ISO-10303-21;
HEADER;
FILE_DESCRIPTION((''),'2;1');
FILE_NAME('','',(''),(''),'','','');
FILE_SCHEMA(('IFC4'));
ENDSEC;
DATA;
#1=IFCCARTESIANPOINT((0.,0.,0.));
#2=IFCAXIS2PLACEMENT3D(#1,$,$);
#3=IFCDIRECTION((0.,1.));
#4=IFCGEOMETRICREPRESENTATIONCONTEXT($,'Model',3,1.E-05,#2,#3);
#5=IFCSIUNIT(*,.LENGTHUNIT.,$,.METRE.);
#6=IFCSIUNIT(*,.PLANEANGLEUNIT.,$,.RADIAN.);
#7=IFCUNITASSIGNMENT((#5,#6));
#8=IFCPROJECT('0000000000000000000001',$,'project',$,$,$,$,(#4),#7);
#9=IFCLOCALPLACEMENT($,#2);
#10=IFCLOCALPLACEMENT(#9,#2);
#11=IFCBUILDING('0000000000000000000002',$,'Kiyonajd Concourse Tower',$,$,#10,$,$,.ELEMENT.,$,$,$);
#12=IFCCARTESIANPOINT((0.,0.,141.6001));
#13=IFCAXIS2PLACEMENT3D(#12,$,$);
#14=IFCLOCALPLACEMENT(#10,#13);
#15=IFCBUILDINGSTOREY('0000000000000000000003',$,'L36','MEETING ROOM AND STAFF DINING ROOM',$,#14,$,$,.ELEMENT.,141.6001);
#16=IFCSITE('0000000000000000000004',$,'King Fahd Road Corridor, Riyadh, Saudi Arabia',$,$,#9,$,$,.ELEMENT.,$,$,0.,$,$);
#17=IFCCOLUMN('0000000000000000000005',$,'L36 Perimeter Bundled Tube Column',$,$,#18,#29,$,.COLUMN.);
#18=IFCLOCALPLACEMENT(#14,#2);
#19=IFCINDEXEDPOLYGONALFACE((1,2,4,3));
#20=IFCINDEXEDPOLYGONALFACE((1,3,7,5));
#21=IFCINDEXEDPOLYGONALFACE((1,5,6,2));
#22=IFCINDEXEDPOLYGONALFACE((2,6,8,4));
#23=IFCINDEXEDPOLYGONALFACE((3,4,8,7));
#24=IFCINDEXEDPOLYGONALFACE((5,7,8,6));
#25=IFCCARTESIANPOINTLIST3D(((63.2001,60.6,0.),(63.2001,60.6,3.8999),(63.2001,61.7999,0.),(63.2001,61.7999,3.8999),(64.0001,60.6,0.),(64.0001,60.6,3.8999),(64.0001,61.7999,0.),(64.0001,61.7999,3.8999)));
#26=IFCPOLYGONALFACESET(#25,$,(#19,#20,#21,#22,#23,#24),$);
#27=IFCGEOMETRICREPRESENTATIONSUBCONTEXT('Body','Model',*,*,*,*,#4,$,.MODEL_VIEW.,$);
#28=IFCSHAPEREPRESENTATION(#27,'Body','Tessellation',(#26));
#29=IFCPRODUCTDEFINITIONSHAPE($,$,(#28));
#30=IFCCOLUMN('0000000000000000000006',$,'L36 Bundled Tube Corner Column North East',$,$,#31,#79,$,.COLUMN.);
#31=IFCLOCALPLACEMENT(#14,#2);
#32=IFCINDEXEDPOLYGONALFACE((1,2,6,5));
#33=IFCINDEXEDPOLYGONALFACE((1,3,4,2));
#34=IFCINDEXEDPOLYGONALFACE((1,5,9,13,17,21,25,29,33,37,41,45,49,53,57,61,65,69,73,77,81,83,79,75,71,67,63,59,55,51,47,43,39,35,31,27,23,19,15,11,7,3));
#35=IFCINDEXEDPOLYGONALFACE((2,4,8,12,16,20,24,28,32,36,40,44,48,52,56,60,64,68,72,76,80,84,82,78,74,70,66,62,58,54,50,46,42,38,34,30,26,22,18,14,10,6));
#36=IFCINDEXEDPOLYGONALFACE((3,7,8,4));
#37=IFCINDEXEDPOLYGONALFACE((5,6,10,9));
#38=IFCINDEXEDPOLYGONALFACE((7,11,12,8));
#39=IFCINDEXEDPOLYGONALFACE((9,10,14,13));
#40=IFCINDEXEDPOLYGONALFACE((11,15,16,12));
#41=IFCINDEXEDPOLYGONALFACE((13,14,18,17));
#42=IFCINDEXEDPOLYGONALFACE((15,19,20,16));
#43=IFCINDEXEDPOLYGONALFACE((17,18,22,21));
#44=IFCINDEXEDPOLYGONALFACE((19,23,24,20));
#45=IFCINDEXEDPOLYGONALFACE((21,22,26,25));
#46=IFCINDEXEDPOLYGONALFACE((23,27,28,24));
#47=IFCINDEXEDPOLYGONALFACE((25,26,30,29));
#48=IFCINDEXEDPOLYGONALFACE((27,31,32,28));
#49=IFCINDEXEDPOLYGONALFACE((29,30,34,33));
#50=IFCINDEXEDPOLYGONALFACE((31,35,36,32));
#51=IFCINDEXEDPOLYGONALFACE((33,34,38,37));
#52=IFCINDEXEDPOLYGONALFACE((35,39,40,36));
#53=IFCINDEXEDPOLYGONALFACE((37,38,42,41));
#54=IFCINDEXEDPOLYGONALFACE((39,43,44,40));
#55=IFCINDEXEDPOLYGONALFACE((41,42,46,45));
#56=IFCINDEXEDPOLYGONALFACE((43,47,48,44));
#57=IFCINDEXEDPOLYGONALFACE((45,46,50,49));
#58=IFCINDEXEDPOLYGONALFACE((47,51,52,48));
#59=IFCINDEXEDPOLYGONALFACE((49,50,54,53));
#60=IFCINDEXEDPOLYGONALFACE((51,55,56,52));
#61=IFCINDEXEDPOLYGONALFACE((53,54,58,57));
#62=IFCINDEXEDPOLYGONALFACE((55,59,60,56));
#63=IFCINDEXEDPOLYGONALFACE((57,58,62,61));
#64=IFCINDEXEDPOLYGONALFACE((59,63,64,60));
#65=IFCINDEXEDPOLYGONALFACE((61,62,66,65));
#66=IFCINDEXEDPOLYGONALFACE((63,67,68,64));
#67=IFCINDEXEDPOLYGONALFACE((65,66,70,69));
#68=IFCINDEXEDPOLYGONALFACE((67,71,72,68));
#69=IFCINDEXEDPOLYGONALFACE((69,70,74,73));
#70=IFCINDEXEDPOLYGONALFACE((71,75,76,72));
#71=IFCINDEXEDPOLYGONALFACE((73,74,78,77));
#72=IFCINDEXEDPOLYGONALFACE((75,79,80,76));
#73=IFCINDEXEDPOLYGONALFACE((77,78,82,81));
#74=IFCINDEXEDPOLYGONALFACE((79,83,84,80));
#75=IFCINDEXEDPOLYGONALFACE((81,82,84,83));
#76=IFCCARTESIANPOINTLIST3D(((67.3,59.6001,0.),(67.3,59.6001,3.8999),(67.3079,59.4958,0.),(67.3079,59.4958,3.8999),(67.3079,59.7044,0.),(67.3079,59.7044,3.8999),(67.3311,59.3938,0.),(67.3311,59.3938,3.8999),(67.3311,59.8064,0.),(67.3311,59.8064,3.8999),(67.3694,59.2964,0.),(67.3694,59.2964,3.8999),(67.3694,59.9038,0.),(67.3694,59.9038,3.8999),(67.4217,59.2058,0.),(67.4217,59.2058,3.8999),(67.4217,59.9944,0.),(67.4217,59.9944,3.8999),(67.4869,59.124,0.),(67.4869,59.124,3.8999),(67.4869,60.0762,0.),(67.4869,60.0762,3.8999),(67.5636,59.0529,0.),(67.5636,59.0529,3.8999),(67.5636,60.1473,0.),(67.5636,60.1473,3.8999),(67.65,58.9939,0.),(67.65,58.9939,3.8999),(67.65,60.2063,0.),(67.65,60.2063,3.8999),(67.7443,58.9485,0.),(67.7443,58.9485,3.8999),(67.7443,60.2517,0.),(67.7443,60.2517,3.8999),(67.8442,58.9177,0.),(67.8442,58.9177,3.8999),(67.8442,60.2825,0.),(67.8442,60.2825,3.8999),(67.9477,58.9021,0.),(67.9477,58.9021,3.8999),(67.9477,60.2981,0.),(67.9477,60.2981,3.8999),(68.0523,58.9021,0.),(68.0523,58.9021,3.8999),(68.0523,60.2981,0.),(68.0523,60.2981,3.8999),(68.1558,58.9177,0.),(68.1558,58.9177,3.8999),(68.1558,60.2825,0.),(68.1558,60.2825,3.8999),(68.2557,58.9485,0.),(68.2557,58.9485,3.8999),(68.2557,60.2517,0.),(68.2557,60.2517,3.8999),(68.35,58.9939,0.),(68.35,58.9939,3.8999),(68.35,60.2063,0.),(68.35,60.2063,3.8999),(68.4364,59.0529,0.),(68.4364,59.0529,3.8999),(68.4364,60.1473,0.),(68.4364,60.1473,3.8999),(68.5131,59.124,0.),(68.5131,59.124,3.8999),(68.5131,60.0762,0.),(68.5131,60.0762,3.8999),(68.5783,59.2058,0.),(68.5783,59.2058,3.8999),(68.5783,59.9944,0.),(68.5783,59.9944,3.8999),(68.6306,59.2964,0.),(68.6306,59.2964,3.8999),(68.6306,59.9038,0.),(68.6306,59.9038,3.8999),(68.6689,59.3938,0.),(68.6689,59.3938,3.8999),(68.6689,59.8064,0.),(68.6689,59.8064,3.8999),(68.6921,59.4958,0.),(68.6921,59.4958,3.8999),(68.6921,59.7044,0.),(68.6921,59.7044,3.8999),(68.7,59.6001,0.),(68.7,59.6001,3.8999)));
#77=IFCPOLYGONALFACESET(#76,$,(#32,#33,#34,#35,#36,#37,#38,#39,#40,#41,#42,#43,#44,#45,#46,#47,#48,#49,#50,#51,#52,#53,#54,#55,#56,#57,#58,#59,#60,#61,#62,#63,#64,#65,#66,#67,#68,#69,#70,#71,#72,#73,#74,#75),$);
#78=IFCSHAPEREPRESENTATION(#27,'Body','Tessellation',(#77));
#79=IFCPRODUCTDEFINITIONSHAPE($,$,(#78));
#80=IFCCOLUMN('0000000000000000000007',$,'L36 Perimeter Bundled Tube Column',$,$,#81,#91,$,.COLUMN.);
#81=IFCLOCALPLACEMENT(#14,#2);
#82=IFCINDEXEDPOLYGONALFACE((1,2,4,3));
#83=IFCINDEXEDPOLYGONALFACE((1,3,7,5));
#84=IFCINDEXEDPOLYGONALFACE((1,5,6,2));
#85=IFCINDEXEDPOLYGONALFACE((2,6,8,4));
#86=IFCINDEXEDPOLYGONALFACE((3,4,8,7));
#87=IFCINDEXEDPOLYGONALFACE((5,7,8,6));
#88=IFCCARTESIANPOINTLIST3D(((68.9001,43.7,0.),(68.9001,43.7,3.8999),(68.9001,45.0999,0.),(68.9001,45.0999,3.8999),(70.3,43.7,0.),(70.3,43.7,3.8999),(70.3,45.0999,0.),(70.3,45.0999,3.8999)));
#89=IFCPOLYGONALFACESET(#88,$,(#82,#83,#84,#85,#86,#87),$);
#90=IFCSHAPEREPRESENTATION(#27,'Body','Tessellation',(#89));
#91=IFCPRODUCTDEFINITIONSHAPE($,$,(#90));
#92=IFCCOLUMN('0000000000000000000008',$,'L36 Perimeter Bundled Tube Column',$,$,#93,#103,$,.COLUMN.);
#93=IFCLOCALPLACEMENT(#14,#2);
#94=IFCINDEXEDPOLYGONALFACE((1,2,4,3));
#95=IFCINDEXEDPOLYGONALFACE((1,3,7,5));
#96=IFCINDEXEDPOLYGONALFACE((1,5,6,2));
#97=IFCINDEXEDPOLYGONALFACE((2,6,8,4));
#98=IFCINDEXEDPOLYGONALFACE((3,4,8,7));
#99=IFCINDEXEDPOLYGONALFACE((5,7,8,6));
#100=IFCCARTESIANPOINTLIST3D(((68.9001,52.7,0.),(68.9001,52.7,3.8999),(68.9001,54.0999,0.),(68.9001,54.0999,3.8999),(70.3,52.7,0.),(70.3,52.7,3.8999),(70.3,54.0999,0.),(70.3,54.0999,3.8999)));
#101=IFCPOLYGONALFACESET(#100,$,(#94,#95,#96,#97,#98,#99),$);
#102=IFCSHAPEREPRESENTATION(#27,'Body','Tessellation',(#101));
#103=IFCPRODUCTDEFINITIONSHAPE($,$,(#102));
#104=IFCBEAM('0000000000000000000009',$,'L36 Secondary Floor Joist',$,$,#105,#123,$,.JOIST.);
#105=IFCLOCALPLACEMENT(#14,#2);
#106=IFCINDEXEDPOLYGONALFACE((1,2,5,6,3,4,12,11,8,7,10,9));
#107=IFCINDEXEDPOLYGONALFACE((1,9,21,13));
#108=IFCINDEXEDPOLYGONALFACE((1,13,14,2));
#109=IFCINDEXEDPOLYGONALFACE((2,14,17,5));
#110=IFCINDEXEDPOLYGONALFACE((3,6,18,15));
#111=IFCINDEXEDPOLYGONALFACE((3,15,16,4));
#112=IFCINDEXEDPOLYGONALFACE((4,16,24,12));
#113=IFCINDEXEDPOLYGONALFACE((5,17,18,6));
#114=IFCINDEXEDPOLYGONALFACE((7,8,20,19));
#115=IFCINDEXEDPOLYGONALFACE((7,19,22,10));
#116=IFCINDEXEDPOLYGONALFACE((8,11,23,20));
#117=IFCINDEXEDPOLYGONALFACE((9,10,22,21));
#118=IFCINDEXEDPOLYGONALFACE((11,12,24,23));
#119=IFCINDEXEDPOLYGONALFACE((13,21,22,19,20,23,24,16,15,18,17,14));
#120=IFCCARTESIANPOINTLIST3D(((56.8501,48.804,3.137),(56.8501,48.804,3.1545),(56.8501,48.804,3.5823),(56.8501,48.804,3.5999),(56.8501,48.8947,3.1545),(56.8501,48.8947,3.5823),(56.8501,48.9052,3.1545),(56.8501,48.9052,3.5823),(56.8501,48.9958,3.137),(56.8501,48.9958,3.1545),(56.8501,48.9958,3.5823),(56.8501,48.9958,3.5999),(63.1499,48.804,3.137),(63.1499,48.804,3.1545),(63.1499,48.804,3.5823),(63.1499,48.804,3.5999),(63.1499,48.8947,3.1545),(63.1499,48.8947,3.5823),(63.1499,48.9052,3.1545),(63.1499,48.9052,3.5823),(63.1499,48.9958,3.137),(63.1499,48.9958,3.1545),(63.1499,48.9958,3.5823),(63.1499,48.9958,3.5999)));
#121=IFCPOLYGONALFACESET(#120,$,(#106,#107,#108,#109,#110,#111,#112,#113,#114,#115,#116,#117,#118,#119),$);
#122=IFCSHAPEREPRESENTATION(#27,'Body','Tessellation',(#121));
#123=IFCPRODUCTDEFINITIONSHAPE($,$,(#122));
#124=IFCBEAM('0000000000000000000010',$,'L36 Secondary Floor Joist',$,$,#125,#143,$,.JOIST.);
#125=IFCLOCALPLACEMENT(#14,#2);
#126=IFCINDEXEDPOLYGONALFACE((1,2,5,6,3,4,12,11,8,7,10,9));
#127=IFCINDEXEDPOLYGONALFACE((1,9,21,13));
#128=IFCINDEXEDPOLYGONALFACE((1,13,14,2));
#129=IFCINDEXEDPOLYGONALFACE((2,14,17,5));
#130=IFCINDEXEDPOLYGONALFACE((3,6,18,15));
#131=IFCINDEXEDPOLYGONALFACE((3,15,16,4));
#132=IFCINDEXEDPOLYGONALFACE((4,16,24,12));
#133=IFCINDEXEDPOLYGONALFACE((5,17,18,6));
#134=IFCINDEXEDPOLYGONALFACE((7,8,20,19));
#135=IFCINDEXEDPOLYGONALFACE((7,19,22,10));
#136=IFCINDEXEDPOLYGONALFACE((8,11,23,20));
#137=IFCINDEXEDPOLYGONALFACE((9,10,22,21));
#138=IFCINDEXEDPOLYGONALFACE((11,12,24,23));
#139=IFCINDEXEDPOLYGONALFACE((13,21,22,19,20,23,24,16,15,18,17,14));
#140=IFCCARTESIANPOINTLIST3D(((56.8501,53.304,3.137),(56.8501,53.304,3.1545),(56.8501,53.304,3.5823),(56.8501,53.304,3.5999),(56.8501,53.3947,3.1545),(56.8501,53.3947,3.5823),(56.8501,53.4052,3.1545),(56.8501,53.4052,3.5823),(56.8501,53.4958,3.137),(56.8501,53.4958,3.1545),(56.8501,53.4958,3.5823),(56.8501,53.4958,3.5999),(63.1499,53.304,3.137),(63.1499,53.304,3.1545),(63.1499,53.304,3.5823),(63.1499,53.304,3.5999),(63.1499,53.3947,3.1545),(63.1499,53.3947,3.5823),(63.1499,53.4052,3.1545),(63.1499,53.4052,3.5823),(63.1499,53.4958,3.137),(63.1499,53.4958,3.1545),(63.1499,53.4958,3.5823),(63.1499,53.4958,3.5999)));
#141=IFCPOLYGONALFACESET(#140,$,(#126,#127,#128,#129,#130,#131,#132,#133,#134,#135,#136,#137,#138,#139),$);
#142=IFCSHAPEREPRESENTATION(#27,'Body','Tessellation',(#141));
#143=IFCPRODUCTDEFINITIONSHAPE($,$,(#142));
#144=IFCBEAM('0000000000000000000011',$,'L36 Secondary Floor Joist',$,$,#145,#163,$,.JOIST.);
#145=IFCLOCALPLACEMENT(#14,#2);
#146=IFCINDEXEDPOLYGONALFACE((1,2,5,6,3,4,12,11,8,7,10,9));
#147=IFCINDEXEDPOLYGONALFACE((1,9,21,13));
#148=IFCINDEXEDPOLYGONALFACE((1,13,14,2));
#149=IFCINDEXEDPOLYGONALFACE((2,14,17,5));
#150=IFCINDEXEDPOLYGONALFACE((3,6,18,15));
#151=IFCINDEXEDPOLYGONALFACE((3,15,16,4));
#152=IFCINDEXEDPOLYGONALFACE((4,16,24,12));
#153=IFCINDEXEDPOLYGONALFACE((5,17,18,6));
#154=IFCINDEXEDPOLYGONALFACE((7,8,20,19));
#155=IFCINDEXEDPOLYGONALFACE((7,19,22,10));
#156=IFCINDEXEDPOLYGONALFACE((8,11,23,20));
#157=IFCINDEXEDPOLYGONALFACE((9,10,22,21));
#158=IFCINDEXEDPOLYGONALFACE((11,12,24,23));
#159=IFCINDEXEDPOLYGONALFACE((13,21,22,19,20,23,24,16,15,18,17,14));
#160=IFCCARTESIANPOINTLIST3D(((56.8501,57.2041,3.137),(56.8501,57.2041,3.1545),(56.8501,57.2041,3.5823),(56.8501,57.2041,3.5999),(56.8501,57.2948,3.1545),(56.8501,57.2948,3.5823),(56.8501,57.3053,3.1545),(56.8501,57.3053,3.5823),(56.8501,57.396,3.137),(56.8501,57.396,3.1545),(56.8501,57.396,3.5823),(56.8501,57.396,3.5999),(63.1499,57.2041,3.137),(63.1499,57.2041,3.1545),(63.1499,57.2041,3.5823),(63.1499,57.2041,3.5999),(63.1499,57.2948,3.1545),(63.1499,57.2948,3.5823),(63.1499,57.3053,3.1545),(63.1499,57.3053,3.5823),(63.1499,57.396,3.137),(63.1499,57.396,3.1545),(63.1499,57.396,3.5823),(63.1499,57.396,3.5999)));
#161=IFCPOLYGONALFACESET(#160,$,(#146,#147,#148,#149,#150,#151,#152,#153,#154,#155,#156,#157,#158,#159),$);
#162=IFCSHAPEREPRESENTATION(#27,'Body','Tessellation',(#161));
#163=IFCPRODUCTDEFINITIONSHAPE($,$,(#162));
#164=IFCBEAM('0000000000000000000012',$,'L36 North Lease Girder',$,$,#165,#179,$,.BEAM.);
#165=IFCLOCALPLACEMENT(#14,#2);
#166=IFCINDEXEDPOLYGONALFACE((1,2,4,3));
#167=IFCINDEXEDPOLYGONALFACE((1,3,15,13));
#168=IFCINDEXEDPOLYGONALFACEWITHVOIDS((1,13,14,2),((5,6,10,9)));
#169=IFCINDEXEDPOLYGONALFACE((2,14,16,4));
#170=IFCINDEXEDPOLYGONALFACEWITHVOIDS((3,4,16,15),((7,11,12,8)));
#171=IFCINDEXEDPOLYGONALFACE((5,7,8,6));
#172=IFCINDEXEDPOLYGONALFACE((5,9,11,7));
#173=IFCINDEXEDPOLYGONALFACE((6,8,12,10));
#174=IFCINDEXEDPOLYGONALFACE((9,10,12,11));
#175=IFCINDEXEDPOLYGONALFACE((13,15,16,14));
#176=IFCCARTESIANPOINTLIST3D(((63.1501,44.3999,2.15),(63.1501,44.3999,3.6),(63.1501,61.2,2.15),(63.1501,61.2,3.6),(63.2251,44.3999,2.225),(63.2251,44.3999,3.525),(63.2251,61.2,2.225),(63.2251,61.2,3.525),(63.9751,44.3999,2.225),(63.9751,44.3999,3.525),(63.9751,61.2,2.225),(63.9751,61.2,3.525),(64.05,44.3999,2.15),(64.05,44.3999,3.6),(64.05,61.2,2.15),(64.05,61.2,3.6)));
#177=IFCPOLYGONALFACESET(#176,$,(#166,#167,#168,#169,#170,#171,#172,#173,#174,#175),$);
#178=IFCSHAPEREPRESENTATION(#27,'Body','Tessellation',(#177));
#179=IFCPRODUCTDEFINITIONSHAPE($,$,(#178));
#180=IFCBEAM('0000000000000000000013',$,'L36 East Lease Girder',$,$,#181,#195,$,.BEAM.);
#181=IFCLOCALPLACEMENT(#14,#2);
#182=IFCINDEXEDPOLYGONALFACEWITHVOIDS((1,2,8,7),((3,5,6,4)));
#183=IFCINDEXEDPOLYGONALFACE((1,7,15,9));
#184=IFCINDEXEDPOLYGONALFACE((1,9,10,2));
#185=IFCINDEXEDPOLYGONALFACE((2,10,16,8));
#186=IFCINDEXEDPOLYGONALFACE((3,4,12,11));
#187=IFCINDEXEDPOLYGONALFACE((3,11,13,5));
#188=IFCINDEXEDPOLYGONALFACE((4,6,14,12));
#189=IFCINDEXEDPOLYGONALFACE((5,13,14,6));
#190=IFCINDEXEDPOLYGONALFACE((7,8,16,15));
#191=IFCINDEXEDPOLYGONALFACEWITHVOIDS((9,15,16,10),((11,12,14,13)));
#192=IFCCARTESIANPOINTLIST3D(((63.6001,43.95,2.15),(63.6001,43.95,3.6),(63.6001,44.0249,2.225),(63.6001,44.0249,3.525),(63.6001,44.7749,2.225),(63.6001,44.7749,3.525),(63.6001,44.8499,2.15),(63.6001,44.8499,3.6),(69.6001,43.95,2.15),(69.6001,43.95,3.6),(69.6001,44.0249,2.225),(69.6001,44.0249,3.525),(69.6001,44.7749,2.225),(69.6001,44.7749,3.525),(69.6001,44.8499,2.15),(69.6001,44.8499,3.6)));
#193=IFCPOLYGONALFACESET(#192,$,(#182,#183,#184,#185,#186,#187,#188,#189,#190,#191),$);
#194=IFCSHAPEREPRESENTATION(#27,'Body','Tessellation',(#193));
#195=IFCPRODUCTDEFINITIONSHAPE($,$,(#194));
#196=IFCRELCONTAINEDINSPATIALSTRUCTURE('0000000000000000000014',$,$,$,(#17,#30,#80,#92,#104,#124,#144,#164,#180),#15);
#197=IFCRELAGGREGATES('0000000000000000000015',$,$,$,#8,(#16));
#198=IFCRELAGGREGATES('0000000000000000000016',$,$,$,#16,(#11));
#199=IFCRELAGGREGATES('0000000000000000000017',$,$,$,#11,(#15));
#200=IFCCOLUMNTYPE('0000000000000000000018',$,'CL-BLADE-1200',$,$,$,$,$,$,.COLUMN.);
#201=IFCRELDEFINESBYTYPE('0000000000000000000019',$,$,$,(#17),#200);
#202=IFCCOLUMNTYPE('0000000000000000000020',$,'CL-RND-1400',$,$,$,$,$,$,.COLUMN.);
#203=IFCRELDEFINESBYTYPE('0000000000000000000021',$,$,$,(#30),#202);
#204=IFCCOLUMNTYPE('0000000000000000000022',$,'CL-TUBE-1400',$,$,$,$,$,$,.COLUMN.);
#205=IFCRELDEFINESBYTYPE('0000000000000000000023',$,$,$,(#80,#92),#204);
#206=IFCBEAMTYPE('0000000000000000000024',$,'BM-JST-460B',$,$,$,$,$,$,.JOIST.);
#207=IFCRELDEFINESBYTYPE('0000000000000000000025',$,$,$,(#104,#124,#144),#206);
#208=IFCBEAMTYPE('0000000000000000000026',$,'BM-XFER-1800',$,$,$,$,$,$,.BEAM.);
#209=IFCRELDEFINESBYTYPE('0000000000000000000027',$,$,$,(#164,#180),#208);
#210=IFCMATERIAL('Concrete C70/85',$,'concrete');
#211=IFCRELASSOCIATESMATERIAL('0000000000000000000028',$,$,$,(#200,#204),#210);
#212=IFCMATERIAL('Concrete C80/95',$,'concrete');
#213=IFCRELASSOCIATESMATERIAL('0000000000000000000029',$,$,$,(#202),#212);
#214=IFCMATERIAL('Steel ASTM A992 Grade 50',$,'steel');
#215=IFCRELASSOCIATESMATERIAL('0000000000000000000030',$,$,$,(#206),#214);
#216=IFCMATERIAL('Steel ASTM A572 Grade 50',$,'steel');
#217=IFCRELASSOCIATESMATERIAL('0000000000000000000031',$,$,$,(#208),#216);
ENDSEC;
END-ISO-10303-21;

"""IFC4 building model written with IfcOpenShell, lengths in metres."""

from ifc_helpers import new_model, si_unit, direction, frame, origin, origin_2d, place, context, subcontext, project, spatial, rectangle, hollow_rectangle, circle, i_section, extrude, material, material_profile, profile_set, type_object, element, save


model = new_model("IFC4")

# Units and contexts
model_context = context("Model", 3, precision=1e-05, world=origin(), true_north=direction((0.0, 1.0)))
body_context = subcontext(model_context, "Body", "Model", "MODEL_VIEW")
ifc_project = project(units=[si_unit("LENGTHUNIT", "METRE"), si_unit("PLANEANGLEUNIT", "RADIAN")], contexts=[model_context])

# Site, building, storey
site_placement = place(None, origin())
site = spatial("IfcSite", under=ifc_project, at=site_placement, Name="King Fahd Road Corridor, Riyadh, Saudi Arabia", CompositionType="ELEMENT", RefElevation=0.0)
building_placement = place(site_placement, origin())
building = spatial("IfcBuilding", under=site, at=building_placement, Name="Kiyonajd Concourse Tower", CompositionType="ELEMENT")
storey_placement = place(building_placement, frame((0.0, 0.0, 141.6001)))
storey = spatial("IfcBuildingStorey", under=building, at=storey_placement, Name="L36", Description="MEETING ROOM AND STAFF DINING ROOM", CompositionType="ELEMENT", Elevation=141.6001)

# Columns
ifc_material_1 = material(Name="Concrete C70/85", Category="concrete")
ifc_material_profile_1 = material_profile(ifc_material_1, rectangle(XDim=0.8, YDim=1.2, at=origin_2d()), Name="RC-1200x800")
ifc_profile_set_1 = profile_set([ifc_material_profile_1], Name="Concrete C70/85")
column_type_1 = type_object("IfcColumnType", Name="CL-BLADE-1200", PredefinedType="COLUMN", material=ifc_profile_set_1)
column_1_placement = place(storey_placement, frame((63.6001, 61.2, 0.0), z_axis=(0.0, 0.0, 1.0), x_axis=(1.0, 0.0, 0.0)))
element("IfcColumn", 1, at=column_1_placement, inside=storey, type_object=column_type_1, Name="L36 Perimeter Bundled Tube Column", PredefinedType="COLUMN", context=body_context, shape_type="SweptSolid", body=[
    extrude(rectangle(XDim=0.8, YDim=1.2, at=origin_2d()), origin(), (0.0, 0.0, 1.0), 3.8999),
])
ifc_material_2 = material(Name="Concrete C80/95", Category="concrete")
ifc_material_profile_2 = material_profile(ifc_material_2, circle(Radius=0.7, at=origin_2d()), Name="RCC-D1400")
ifc_profile_set_2 = profile_set([ifc_material_profile_2], Name="Concrete C80/95")
column_type_2 = type_object("IfcColumnType", Name="CL-RND-1400", PredefinedType="COLUMN", material=ifc_profile_set_2)
column_2_placement = place(storey_placement, frame((68.0, 59.6001, 0.0), z_axis=(0.0, 0.0, 1.0), x_axis=(1.0, 0.0, 0.0)))
element("IfcColumn", 2, at=column_2_placement, inside=storey, type_object=column_type_2, Name="L36 Bundled Tube Corner Column North East", PredefinedType="COLUMN", context=body_context, shape_type="SweptSolid", body=[
    extrude(circle(Radius=0.7, at=origin_2d()), origin(), (0.0, 0.0, 1.0), 3.8999),
])
ifc_material_profile_3 = material_profile(ifc_material_1, rectangle(XDim=1.3999, YDim=1.3999, at=origin_2d()), Name="RC-1400x1400")
ifc_profile_set_3 = profile_set([ifc_material_profile_3], Name="Concrete C70/85")
column_type_3 = type_object("IfcColumnType", Name="CL-TUBE-1400", PredefinedType="COLUMN", material=ifc_profile_set_3)
for number, where, z_axis, x_axis, name in (
    (3, (69.6001, 44.3999, 0.0), (0.0, 0.0, 1.0), (1.0, 0.0, 0.0), "L36 Perimeter Bundled Tube Column"),
    (4, (69.6001, 53.3999, 0.0), (0.0, 0.0, 1.0), (1.0, 0.0, 0.0), "L36 Perimeter Bundled Tube Column"),
):
    element("IfcColumn", number, at=place(storey_placement, frame(where, z_axis=z_axis, x_axis=x_axis)), inside=storey, type_object=column_type_3, Name=name, PredefinedType="COLUMN", context=body_context, shape_type="SweptSolid", body=[
        extrude(rectangle(XDim=1.3999, YDim=1.3999, at=origin_2d()), origin(), (0.0, 0.0, 1.0), 3.8999),
    ])

# Beams
ifc_material_3 = material(Name="Steel ASTM A992 Grade 50", Category="steel")
ifc_material_profile_4 = material_profile(ifc_material_3, i_section(OverallWidth=0.1919, OverallDepth=0.4629, WebThickness=0.0105, FlangeThickness=0.0176, at=origin_2d()), Name="W460X89")
ifc_profile_set_4 = profile_set([ifc_material_profile_4], Name="Steel ASTM A992 Grade 50")
beam_type_1 = type_object("IfcBeamType", Name="BM-JST-460B", PredefinedType="JOIST", material=ifc_profile_set_4)
for number, where, z_axis, x_axis, name in (
    (5, (56.8501, 48.8999, 3.3684), (1.0, 0.0, 0.0), (0.0, 1.0, 0.0), "L36 Secondary Floor Joist"),
    (6, (56.8501, 53.3999, 3.3684), (1.0, 0.0, 0.0), (0.0, 1.0, 0.0), "L36 Secondary Floor Joist"),
    (7, (56.8501, 57.3, 3.3684), (1.0, 0.0, 0.0), (0.0, 1.0, 0.0), "L36 Secondary Floor Joist"),
):
    element("IfcBeam", number, at=place(storey_placement, frame(where, z_axis=z_axis, x_axis=x_axis)), inside=storey, type_object=beam_type_1, Name=name, PredefinedType="JOIST", context=body_context, shape_type="SweptSolid", body=[
        extrude(i_section(OverallWidth=0.1919, OverallDepth=0.4629, WebThickness=0.0105, FlangeThickness=0.0176, at=origin_2d()), origin(), (0.0, 0.0, 1.0), 6.2998),
    ])
ifc_material_4 = material(Name="Steel ASTM A572 Grade 50", Category="steel")
ifc_material_profile_5 = material_profile(ifc_material_4, hollow_rectangle(XDim=0.8999, YDim=1.45, WallThickness=0.075, at=origin_2d()), Name="BOX-1450x900x75")
ifc_profile_set_5 = profile_set([ifc_material_profile_5], Name="Steel ASTM A572 Grade 50")
beam_type_2 = type_object("IfcBeamType", Name="BM-XFER-1800", PredefinedType="BEAM", material=ifc_profile_set_5)
beam_1_placement = place(storey_placement, frame((63.6001, 44.3999, 2.875), z_axis=(0.0, 1.0, 0.0), x_axis=(-1.0, 0.0, 0.0)))
element("IfcBeam", 8, at=beam_1_placement, inside=storey, type_object=beam_type_2, Name="L36 North Lease Girder", PredefinedType="BEAM", context=body_context, shape_type="SweptSolid", body=[
    extrude(hollow_rectangle(XDim=0.8999, YDim=1.45, WallThickness=0.075, at=origin_2d()), origin(), (0.0, 0.0, 1.0), 16.8),
])
beam_2_placement = place(storey_placement, frame((63.6001, 44.3999, 2.875), z_axis=(1.0, 0.0, 0.0), x_axis=(0.0, 1.0, 0.0)))
element("IfcBeam", 9, at=beam_2_placement, inside=storey, type_object=beam_type_2, Name="L36 East Lease Girder", PredefinedType="BEAM", context=body_context, shape_type="SweptSolid", body=[
    extrude(hollow_rectangle(XDim=0.8999, YDim=1.45, WallThickness=0.075, at=origin_2d()), origin(), (0.0, 0.0, 1.0), 6.0),
])

save(model, "model.ifc")
